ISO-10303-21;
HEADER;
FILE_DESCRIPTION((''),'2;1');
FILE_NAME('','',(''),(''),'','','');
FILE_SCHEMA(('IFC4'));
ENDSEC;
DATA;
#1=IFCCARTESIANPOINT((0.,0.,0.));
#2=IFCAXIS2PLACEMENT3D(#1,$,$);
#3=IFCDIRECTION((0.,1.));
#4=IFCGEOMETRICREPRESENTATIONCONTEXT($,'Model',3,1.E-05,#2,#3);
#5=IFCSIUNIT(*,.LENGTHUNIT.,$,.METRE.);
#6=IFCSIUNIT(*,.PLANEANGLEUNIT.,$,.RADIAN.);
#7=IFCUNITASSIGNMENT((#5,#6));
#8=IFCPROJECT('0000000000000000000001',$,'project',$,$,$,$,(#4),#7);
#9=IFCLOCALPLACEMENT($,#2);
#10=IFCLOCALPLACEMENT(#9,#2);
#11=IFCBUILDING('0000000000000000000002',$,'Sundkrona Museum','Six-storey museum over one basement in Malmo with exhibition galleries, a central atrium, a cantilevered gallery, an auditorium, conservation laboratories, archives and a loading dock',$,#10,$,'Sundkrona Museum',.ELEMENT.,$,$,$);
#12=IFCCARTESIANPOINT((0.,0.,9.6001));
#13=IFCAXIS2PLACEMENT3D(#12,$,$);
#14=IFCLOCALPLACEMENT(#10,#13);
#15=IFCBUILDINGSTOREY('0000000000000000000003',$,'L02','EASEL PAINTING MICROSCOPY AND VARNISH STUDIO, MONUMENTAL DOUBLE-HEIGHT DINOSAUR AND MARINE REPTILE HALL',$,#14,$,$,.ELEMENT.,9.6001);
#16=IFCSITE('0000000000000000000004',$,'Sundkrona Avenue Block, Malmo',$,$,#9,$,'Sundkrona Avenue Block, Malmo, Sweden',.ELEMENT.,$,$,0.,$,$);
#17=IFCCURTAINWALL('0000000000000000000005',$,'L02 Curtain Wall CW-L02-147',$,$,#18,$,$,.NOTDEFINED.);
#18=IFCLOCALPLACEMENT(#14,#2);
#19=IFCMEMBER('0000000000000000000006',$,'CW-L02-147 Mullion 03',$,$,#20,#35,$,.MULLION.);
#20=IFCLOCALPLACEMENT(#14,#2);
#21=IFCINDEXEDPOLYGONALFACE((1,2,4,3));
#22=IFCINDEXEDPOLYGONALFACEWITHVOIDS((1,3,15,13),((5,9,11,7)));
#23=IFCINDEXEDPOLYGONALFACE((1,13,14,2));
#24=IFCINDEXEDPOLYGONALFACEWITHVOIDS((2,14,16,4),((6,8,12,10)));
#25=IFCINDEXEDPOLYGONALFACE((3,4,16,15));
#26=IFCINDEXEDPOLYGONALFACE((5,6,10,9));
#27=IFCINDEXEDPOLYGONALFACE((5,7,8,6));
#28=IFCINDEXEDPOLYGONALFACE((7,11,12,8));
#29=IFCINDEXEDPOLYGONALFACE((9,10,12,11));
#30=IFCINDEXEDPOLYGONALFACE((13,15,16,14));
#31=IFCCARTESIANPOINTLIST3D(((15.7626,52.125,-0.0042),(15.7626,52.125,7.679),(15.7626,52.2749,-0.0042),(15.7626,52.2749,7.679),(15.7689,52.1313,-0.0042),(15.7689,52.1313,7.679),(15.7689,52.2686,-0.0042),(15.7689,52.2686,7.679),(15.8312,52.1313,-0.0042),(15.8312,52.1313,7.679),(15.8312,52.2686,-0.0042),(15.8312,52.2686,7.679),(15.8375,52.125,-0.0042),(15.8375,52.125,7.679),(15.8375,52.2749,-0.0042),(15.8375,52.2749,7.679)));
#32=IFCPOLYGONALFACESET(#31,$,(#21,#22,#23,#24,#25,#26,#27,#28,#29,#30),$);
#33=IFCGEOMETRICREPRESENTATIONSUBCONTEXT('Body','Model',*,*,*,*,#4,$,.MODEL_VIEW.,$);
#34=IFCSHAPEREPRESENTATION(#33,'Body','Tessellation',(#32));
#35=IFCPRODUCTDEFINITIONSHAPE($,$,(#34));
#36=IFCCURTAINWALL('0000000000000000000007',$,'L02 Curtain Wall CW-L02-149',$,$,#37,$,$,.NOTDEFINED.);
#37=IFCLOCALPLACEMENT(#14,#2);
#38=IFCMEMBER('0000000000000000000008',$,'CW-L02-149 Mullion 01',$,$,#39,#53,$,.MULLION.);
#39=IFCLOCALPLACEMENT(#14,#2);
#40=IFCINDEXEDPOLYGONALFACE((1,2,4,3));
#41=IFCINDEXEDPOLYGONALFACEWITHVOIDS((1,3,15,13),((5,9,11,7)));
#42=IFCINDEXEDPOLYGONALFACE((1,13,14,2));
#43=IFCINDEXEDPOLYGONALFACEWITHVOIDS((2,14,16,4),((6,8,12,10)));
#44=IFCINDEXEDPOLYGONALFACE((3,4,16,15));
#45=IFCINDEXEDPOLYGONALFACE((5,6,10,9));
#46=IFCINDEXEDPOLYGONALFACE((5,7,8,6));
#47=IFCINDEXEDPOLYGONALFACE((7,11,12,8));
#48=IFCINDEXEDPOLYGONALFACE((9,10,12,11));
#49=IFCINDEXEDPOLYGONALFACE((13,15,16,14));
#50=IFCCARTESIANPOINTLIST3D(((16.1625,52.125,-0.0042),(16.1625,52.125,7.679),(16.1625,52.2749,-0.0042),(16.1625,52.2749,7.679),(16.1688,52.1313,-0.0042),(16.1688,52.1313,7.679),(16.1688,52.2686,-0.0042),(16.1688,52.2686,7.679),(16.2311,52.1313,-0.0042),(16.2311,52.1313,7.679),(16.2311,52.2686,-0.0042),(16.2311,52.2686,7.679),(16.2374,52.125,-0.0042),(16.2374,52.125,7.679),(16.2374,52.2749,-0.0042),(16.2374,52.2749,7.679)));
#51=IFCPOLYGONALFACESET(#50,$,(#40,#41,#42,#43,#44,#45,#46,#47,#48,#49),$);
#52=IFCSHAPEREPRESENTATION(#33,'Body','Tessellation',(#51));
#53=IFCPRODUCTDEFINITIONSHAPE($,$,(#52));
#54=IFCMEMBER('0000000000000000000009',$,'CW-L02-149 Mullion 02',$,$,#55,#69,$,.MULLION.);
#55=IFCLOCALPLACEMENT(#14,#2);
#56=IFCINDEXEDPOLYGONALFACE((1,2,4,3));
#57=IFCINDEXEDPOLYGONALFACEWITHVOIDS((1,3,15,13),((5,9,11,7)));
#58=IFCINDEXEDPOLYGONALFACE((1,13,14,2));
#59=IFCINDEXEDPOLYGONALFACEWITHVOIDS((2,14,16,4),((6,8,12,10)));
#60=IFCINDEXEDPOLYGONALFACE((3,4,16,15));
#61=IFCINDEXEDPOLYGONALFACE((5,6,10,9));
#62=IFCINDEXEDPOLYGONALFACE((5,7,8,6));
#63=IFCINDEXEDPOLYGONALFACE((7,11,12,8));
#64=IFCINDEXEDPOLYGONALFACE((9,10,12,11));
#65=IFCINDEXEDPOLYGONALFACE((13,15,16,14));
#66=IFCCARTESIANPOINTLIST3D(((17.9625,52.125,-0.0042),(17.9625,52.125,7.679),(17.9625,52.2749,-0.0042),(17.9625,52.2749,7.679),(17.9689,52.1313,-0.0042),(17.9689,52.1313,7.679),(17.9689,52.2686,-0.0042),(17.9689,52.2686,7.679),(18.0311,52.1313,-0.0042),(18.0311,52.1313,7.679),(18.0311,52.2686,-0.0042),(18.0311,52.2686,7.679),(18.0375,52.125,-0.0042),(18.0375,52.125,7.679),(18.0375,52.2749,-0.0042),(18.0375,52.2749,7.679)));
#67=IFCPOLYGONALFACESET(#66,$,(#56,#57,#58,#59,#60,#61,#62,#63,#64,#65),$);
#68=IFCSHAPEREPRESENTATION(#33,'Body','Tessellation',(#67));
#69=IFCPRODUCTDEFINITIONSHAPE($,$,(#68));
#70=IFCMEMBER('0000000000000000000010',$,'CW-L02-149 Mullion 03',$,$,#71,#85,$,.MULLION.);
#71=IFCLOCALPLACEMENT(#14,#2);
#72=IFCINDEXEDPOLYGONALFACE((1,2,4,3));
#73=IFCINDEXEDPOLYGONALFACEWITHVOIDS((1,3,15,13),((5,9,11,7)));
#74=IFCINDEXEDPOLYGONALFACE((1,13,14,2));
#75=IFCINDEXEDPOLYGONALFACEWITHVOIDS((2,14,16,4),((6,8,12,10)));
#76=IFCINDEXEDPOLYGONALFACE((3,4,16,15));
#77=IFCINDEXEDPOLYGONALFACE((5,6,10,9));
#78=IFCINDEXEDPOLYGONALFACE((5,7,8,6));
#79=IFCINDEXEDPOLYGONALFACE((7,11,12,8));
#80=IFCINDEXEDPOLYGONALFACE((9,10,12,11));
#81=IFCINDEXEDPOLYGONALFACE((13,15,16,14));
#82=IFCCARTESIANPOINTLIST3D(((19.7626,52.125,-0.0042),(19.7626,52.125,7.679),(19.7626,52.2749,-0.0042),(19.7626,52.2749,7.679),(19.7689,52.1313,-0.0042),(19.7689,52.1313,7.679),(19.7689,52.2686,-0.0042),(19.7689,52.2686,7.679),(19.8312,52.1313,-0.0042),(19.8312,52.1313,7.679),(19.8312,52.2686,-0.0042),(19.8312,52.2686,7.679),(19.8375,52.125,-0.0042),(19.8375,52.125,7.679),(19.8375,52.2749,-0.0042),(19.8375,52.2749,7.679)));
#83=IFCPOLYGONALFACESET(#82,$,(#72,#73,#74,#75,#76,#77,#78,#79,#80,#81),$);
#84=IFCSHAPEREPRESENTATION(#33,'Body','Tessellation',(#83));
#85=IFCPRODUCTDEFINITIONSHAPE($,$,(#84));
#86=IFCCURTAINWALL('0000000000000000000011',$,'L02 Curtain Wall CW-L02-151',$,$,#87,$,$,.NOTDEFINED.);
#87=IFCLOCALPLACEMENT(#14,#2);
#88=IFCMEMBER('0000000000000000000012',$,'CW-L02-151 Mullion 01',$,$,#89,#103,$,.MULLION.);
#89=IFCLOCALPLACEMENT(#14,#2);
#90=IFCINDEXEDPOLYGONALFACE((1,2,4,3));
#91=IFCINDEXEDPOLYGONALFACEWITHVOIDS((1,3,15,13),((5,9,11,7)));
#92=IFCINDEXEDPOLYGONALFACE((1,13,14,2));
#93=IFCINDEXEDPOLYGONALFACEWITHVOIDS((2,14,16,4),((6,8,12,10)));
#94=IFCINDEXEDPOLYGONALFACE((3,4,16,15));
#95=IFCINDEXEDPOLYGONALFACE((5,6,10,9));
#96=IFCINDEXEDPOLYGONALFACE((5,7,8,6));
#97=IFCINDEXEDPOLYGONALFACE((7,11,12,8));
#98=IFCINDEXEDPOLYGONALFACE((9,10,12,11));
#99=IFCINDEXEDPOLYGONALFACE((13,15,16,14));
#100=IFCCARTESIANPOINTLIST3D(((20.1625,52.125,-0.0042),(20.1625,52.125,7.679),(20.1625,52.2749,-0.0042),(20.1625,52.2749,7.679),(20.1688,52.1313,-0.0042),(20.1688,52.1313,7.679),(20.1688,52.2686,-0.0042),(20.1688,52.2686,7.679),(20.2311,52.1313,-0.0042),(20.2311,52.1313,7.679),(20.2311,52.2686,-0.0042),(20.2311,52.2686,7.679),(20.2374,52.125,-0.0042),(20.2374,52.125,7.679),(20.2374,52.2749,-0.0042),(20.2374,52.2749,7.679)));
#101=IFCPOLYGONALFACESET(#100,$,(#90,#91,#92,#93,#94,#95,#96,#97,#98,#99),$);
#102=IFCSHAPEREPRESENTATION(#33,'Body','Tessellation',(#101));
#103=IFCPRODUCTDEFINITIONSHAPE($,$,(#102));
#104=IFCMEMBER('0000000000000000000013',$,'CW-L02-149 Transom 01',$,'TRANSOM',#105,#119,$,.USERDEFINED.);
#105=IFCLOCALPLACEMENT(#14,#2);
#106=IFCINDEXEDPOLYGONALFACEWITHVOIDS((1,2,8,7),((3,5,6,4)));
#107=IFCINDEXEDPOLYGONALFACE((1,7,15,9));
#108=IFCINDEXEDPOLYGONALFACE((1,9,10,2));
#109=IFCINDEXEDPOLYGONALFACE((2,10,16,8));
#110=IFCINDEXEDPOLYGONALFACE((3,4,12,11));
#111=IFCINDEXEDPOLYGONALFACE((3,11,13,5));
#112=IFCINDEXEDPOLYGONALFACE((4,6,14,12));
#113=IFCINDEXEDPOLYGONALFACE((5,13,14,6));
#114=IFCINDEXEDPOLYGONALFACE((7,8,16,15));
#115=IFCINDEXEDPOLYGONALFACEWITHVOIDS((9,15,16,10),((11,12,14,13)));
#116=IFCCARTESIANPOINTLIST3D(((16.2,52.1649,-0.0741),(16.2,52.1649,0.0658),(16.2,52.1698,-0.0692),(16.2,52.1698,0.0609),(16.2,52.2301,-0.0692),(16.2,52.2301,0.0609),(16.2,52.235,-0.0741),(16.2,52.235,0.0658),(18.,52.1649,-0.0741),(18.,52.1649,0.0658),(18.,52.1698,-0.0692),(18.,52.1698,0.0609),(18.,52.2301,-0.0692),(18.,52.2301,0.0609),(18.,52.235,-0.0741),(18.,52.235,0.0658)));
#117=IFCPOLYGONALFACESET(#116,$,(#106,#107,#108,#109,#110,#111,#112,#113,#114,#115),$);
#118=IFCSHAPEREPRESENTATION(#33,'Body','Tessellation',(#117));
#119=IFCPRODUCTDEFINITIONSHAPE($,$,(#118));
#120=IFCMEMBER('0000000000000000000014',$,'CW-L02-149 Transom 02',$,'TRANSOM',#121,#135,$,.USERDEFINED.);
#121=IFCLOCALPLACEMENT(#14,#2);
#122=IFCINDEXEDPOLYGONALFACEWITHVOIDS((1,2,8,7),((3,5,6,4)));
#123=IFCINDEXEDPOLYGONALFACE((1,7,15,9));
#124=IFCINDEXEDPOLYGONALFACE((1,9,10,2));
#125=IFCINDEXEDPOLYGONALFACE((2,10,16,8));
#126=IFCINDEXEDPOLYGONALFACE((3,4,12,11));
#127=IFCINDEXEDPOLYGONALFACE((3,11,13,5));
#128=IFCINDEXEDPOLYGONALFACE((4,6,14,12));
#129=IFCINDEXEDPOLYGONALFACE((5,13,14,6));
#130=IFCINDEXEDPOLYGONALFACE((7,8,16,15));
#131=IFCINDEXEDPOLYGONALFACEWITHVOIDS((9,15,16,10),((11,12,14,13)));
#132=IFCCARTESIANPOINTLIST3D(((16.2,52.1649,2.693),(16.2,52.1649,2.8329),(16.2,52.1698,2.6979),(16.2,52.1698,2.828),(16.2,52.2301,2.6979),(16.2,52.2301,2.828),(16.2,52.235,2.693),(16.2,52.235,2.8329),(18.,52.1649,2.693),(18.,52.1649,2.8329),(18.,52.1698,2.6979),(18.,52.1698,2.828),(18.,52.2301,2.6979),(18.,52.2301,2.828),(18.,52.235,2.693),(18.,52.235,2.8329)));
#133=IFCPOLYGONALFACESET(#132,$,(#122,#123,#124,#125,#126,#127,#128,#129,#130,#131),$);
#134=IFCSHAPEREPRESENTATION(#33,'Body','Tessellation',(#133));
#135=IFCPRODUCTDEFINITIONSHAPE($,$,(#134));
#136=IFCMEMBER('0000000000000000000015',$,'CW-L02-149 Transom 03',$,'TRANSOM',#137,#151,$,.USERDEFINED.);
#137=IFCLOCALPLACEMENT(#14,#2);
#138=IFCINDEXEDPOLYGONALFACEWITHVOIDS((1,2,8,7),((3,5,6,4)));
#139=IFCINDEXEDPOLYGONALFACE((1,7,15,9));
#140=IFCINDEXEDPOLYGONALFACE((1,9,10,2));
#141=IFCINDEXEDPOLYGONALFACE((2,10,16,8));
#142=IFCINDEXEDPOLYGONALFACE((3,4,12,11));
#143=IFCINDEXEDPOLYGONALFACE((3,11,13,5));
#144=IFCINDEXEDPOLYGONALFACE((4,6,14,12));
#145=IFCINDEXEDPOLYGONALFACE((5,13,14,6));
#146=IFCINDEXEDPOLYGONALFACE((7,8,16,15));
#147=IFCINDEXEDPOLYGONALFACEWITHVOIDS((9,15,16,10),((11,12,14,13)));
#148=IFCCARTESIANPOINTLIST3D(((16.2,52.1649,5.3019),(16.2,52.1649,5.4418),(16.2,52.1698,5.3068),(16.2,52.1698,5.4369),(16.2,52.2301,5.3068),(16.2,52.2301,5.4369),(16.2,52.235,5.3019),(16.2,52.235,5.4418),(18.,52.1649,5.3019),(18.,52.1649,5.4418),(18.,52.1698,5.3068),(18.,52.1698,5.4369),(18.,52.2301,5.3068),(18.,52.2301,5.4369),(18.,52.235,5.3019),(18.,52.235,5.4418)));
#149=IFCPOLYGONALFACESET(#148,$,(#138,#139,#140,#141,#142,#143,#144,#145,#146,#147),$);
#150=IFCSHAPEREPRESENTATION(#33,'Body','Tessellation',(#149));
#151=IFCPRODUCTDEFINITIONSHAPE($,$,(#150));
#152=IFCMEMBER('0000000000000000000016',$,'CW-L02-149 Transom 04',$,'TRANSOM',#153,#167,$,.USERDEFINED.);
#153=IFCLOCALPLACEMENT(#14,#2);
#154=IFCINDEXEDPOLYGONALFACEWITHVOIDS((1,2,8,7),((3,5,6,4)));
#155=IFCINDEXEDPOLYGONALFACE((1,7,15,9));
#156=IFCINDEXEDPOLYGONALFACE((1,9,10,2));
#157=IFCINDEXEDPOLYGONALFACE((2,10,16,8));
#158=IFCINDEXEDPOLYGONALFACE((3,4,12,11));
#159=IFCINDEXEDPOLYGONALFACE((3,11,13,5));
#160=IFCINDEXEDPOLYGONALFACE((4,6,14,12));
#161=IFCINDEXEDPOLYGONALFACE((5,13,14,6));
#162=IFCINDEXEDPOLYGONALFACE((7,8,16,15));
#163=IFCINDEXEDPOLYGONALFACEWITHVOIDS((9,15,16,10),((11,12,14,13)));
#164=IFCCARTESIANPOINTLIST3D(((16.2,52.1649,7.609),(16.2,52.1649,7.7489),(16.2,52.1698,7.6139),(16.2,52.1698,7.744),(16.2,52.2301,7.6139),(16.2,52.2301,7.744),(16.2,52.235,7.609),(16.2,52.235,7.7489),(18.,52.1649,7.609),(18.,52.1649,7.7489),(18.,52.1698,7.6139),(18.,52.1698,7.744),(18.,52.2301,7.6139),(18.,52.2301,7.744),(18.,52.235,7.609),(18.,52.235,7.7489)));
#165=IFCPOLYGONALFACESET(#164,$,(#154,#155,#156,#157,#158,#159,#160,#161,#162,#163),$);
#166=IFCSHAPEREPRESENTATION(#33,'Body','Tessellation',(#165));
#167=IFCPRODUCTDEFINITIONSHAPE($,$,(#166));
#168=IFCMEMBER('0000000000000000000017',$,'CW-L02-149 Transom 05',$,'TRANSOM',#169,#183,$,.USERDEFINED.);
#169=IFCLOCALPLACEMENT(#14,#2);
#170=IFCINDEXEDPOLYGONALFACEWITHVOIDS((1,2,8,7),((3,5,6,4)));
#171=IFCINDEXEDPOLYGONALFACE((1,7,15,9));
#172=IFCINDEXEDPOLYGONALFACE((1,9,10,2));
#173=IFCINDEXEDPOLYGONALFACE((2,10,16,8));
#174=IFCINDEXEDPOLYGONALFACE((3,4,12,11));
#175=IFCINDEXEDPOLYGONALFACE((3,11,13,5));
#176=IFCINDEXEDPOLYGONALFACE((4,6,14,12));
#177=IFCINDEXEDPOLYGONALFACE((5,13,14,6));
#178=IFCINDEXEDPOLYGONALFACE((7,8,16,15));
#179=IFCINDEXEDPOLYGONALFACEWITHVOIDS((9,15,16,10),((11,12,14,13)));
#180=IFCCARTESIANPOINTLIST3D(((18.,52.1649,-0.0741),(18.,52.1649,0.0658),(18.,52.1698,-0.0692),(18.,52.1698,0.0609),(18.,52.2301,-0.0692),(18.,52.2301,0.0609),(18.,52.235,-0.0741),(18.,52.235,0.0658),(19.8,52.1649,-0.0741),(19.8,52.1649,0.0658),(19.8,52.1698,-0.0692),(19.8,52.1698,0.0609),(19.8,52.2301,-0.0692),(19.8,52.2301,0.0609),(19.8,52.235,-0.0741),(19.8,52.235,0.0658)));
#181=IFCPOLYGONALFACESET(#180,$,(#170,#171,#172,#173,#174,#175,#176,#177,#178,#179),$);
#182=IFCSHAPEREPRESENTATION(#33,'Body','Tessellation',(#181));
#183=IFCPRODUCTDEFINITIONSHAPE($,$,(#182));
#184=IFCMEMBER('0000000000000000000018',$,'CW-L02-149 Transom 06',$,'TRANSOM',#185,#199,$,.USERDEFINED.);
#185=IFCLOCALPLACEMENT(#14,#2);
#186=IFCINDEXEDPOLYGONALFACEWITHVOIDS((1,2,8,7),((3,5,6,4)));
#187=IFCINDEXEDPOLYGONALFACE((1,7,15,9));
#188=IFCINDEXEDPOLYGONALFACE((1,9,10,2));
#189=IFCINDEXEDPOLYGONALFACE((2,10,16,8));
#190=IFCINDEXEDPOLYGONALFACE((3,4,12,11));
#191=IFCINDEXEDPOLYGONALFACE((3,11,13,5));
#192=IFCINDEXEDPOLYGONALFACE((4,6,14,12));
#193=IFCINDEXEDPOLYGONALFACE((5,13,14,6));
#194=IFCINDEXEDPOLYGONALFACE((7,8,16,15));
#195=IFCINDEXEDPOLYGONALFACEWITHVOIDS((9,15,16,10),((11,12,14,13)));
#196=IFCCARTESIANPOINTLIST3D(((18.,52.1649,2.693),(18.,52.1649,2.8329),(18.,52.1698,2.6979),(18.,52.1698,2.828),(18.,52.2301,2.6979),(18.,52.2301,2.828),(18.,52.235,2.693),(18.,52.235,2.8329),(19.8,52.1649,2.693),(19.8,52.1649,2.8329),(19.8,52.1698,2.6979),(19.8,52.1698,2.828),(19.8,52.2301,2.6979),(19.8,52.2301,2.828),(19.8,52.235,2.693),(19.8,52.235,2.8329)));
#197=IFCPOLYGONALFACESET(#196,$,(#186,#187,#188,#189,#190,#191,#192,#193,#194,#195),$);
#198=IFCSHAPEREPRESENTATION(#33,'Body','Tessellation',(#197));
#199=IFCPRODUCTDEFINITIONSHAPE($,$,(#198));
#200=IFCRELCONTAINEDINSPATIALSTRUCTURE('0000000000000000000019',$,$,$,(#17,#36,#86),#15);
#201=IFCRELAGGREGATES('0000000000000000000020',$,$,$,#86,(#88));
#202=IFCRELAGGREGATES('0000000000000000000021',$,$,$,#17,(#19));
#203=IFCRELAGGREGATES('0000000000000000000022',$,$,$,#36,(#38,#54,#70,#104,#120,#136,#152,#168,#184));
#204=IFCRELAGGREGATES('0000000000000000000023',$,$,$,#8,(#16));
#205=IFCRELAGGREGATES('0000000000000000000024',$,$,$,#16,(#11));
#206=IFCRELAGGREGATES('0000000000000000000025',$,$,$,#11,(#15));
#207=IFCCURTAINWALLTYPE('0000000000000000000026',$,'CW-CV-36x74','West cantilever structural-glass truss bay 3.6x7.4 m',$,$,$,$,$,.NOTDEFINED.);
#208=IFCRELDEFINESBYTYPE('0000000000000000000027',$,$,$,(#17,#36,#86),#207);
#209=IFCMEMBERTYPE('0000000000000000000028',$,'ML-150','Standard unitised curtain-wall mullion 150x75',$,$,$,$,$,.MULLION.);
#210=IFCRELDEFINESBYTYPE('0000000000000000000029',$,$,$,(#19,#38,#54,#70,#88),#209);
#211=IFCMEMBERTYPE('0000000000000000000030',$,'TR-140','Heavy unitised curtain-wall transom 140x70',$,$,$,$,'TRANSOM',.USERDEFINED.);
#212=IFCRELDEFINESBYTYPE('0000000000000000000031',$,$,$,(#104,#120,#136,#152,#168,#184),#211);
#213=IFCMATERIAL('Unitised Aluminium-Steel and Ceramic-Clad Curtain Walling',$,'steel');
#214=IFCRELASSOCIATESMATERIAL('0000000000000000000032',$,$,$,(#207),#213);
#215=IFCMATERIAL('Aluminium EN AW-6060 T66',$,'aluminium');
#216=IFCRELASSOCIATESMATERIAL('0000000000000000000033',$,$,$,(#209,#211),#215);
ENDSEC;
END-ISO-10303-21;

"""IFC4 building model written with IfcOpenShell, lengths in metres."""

from ifc_helpers import new_model, si_unit, direction, frame, origin, origin_2d, place, context, subcontext, project, spatial, hollow_rectangle, extrude, material, material_profile, profile_set, type_object, element, aggregate, save


model = new_model("IFC4")

# Units and contexts
model_context = context("Model", 3, precision=1e-05, world=origin(), true_north=direction((0.0, 1.0)))
body_context = subcontext(model_context, "Body", "Model", "MODEL_VIEW")
ifc_project = project(units=[si_unit("LENGTHUNIT", "METRE"), si_unit("PLANEANGLEUNIT", "RADIAN")], contexts=[model_context])

# Site, building, storey
site_placement = place(None, origin())
site = spatial("IfcSite", under=ifc_project, at=site_placement, Name="Sundkrona Avenue Block, Malmo", LongName="Sundkrona Avenue Block, Malmo, Sweden", CompositionType="ELEMENT", RefElevation=0.0)
building_placement = place(site_placement, origin())
building = spatial("IfcBuilding", under=site, at=building_placement, Name="Sundkrona Museum", Description="Six-storey museum over one basement in Malmo with exhibition galleries, a central atrium, a cantilevered gallery, an auditorium, conservation laboratories, archives and a loading dock", LongName="Sundkrona Museum", CompositionType="ELEMENT")
storey_placement = place(building_placement, frame((0.0, 0.0, 9.6001)))
storey = spatial("IfcBuildingStorey", under=building, at=storey_placement, Name="L02", Description="EASEL PAINTING MICROSCOPY AND VARNISH STUDIO, MONUMENTAL DOUBLE-HEIGHT DINOSAUR AND MARINE REPTILE HALL", CompositionType="ELEMENT", Elevation=9.6001)

# Curtain wall, member
ifc_material_1 = material(Name="Unitised Aluminium-Steel and Ceramic-Clad Curtain Walling", Category="steel")
curtain_wall_type = type_object("IfcCurtainWallType", Name="CW-CV-36x74", Description="West cantilever structural-glass truss bay 3.6x7.4 m", PredefinedType="NOTDEFINED", material=ifc_material_1)
curtain_wall_1_placement = place(storey_placement, origin())
curtain_wall_1 = element("IfcCurtainWall", 1, at=curtain_wall_1_placement, inside=storey, type_object=curtain_wall_type, Name="L02 Curtain Wall CW-L02-147", PredefinedType="NOTDEFINED")
ifc_material_2 = material(Name="Aluminium EN AW-6060 T66", Category="aluminium")
ifc_material_profile_1 = material_profile(ifc_material_2, hollow_rectangle(XDim=0.075, YDim=0.1499, WallThickness=0.0063, at=origin_2d()), Name="RHS 150x75x6.3")
ifc_profile_set_1 = profile_set([ifc_material_profile_1], Name="Aluminium EN AW-6060 T66")
member_type_1 = type_object("IfcMemberType", Name="ML-150", Description="Standard unitised curtain-wall mullion 150x75", PredefinedType="MULLION", material=ifc_profile_set_1)
member_1_placement = place(storey_placement, frame((15.8, 52.2, -0.0042), z_axis=(0.0, 0.0, 1.0), x_axis=(1.0, 0.0, 0.0)))
member_1 = element("IfcMember", 2, at=member_1_placement, type_object=member_type_1, Name="CW-L02-147 Mullion 03", PredefinedType="MULLION", context=body_context, shape_type="SweptSolid", body=[
    extrude(hollow_rectangle(XDim=0.075, YDim=0.1499, WallThickness=0.0063, at=origin_2d()), origin(), (0.0, 0.0, 1.0), 7.6831),
])

# Curtain wall, members
curtain_wall_2_placement = place(storey_placement, origin())
curtain_wall_2 = element("IfcCurtainWall", 3, at=curtain_wall_2_placement, inside=storey, type_object=curtain_wall_type, Name="L02 Curtain Wall CW-L02-149", PredefinedType="NOTDEFINED")
member_2_placement = place(storey_placement, frame((16.2, 52.2, -0.0042), z_axis=(0.0, 0.0, 1.0), x_axis=(1.0, 0.0, 0.0)))
member_2 = element("IfcMember", 4, at=member_2_placement, type_object=member_type_1, Name="CW-L02-149 Mullion 01", PredefinedType="MULLION", context=body_context, shape_type="SweptSolid", body=[
    extrude(hollow_rectangle(XDim=0.075, YDim=0.1499, WallThickness=0.0063, at=origin_2d()), origin(), (0.0, 0.0, 1.0), 7.6831),
])
member_3_placement = place(storey_placement, frame((18.0, 52.2, -0.0042), z_axis=(0.0, 0.0, 1.0), x_axis=(1.0, 0.0, 0.0)))
member_3 = element("IfcMember", 5, at=member_3_placement, type_object=member_type_1, Name="CW-L02-149 Mullion 02", PredefinedType="MULLION", context=body_context, shape_type="SweptSolid", body=[
    extrude(hollow_rectangle(XDim=0.075, YDim=0.1499, WallThickness=0.0063, at=origin_2d()), origin(), (0.0, 0.0, 1.0), 7.6831),
])
member_4_placement = place(storey_placement, frame((19.8, 52.2, -0.0042), z_axis=(0.0, 0.0, 1.0), x_axis=(1.0, 0.0, 0.0)))
member_4 = element("IfcMember", 6, at=member_4_placement, type_object=member_type_1, Name="CW-L02-149 Mullion 03", PredefinedType="MULLION", context=body_context, shape_type="SweptSolid", body=[
    extrude(hollow_rectangle(XDim=0.075, YDim=0.1499, WallThickness=0.0063, at=origin_2d()), origin(), (0.0, 0.0, 1.0), 7.6831),
])

# Curtain wall, member
curtain_wall_3_placement = place(storey_placement, origin())
curtain_wall_3 = element("IfcCurtainWall", 7, at=curtain_wall_3_placement, inside=storey, type_object=curtain_wall_type, Name="L02 Curtain Wall CW-L02-151", PredefinedType="NOTDEFINED")
member_5_placement = place(storey_placement, frame((20.2, 52.2, -0.0042), z_axis=(0.0, 0.0, 1.0), x_axis=(1.0, 0.0, 0.0)))
member_5 = element("IfcMember", 8, at=member_5_placement, type_object=member_type_1, Name="CW-L02-151 Mullion 01", PredefinedType="MULLION", context=body_context, shape_type="SweptSolid", body=[
    extrude(hollow_rectangle(XDim=0.075, YDim=0.1499, WallThickness=0.0063, at=origin_2d()), origin(), (0.0, 0.0, 1.0), 7.6831),
])

# Members
ifc_material_profile_2 = material_profile(ifc_material_2, hollow_rectangle(XDim=0.0701, YDim=0.1399, WallThickness=0.0049, at=origin_2d()), Name="RHS 140x70x5.0")
ifc_profile_set_2 = profile_set([ifc_material_profile_2], Name="Aluminium EN AW-6060 T66")
member_type_2 = type_object("IfcMemberType", Name="TR-140", Description="Heavy unitised curtain-wall transom 140x70", ElementType="TRANSOM", PredefinedType="USERDEFINED", material=ifc_profile_set_2)
member_6_placement = place(storey_placement, frame((16.2, 52.2, -0.0042), z_axis=(1.0, 0.0, 0.0), x_axis=(0.0, 1.0, 0.0)))
member_6 = element("IfcMember", 9, at=member_6_placement, type_object=member_type_2, Name="CW-L02-149 Transom 01", ObjectType="TRANSOM", PredefinedType="USERDEFINED", context=body_context, shape_type="SweptSolid", body=[
    extrude(hollow_rectangle(XDim=0.0701, YDim=0.1399, WallThickness=0.0049, at=origin_2d()), origin(), (0.0, 0.0, 1.0), 1.8),
])
member_7_placement = place(storey_placement, frame((16.2, 52.2, 2.7629), z_axis=(1.0, 0.0, 0.0), x_axis=(0.0, 1.0, 0.0)))
member_7 = element("IfcMember", 10, at=member_7_placement, type_object=member_type_2, Name="CW-L02-149 Transom 02", ObjectType="TRANSOM", PredefinedType="USERDEFINED", context=body_context, shape_type="SweptSolid", body=[
    extrude(hollow_rectangle(XDim=0.0701, YDim=0.1399, WallThickness=0.0049, at=origin_2d()), origin(), (0.0, 0.0, 1.0), 1.8),
])
member_8_placement = place(storey_placement, frame((16.2, 52.2, 5.3718), z_axis=(1.0, 0.0, 0.0), x_axis=(0.0, 1.0, 0.0)))
member_8 = element("IfcMember", 11, at=member_8_placement, type_object=member_type_2, Name="CW-L02-149 Transom 03", ObjectType="TRANSOM", PredefinedType="USERDEFINED", context=body_context, shape_type="SweptSolid", body=[
    extrude(hollow_rectangle(XDim=0.0701, YDim=0.1399, WallThickness=0.0049, at=origin_2d()), origin(), (0.0, 0.0, 1.0), 1.8),
])
member_9_placement = place(storey_placement, frame((16.2, 52.2, 7.679), z_axis=(1.0, 0.0, 0.0), x_axis=(0.0, 1.0, 0.0)))
member_9 = element("IfcMember", 12, at=member_9_placement, type_object=member_type_2, Name="CW-L02-149 Transom 04", ObjectType="TRANSOM", PredefinedType="USERDEFINED", context=body_context, shape_type="SweptSolid", body=[
    extrude(hollow_rectangle(XDim=0.0701, YDim=0.1399, WallThickness=0.0049, at=origin_2d()), origin(), (0.0, 0.0, 1.0), 1.8),
])
member_10_placement = place(storey_placement, frame((18.0, 52.2, -0.0042), z_axis=(1.0, 0.0, 0.0), x_axis=(0.0, 1.0, 0.0)))
member_10 = element("IfcMember", 13, at=member_10_placement, type_object=member_type_2, Name="CW-L02-149 Transom 05", ObjectType="TRANSOM", PredefinedType="USERDEFINED", context=body_context, shape_type="SweptSolid", body=[
    extrude(hollow_rectangle(XDim=0.0701, YDim=0.1399, WallThickness=0.0049, at=origin_2d()), origin(), (0.0, 0.0, 1.0), 1.8),
])
member_11_placement = place(storey_placement, frame((18.0, 52.2, 2.7629), z_axis=(1.0, 0.0, 0.0), x_axis=(0.0, 1.0, 0.0)))
member_11 = element("IfcMember", 14, at=member_11_placement, type_object=member_type_2, Name="CW-L02-149 Transom 06", ObjectType="TRANSOM", PredefinedType="USERDEFINED", context=body_context, shape_type="SweptSolid", body=[
    extrude(hollow_rectangle(XDim=0.0701, YDim=0.1399, WallThickness=0.0049, at=origin_2d()), origin(), (0.0, 0.0, 1.0), 1.8),
])
aggregate(curtain_wall_3, [member_5])

aggregate(curtain_wall_1, [member_1])
aggregate(curtain_wall_2, [member_2, member_3, member_4, member_6, member_7, member_8, member_9, member_10, member_11])

save(model, "model.ifc")
